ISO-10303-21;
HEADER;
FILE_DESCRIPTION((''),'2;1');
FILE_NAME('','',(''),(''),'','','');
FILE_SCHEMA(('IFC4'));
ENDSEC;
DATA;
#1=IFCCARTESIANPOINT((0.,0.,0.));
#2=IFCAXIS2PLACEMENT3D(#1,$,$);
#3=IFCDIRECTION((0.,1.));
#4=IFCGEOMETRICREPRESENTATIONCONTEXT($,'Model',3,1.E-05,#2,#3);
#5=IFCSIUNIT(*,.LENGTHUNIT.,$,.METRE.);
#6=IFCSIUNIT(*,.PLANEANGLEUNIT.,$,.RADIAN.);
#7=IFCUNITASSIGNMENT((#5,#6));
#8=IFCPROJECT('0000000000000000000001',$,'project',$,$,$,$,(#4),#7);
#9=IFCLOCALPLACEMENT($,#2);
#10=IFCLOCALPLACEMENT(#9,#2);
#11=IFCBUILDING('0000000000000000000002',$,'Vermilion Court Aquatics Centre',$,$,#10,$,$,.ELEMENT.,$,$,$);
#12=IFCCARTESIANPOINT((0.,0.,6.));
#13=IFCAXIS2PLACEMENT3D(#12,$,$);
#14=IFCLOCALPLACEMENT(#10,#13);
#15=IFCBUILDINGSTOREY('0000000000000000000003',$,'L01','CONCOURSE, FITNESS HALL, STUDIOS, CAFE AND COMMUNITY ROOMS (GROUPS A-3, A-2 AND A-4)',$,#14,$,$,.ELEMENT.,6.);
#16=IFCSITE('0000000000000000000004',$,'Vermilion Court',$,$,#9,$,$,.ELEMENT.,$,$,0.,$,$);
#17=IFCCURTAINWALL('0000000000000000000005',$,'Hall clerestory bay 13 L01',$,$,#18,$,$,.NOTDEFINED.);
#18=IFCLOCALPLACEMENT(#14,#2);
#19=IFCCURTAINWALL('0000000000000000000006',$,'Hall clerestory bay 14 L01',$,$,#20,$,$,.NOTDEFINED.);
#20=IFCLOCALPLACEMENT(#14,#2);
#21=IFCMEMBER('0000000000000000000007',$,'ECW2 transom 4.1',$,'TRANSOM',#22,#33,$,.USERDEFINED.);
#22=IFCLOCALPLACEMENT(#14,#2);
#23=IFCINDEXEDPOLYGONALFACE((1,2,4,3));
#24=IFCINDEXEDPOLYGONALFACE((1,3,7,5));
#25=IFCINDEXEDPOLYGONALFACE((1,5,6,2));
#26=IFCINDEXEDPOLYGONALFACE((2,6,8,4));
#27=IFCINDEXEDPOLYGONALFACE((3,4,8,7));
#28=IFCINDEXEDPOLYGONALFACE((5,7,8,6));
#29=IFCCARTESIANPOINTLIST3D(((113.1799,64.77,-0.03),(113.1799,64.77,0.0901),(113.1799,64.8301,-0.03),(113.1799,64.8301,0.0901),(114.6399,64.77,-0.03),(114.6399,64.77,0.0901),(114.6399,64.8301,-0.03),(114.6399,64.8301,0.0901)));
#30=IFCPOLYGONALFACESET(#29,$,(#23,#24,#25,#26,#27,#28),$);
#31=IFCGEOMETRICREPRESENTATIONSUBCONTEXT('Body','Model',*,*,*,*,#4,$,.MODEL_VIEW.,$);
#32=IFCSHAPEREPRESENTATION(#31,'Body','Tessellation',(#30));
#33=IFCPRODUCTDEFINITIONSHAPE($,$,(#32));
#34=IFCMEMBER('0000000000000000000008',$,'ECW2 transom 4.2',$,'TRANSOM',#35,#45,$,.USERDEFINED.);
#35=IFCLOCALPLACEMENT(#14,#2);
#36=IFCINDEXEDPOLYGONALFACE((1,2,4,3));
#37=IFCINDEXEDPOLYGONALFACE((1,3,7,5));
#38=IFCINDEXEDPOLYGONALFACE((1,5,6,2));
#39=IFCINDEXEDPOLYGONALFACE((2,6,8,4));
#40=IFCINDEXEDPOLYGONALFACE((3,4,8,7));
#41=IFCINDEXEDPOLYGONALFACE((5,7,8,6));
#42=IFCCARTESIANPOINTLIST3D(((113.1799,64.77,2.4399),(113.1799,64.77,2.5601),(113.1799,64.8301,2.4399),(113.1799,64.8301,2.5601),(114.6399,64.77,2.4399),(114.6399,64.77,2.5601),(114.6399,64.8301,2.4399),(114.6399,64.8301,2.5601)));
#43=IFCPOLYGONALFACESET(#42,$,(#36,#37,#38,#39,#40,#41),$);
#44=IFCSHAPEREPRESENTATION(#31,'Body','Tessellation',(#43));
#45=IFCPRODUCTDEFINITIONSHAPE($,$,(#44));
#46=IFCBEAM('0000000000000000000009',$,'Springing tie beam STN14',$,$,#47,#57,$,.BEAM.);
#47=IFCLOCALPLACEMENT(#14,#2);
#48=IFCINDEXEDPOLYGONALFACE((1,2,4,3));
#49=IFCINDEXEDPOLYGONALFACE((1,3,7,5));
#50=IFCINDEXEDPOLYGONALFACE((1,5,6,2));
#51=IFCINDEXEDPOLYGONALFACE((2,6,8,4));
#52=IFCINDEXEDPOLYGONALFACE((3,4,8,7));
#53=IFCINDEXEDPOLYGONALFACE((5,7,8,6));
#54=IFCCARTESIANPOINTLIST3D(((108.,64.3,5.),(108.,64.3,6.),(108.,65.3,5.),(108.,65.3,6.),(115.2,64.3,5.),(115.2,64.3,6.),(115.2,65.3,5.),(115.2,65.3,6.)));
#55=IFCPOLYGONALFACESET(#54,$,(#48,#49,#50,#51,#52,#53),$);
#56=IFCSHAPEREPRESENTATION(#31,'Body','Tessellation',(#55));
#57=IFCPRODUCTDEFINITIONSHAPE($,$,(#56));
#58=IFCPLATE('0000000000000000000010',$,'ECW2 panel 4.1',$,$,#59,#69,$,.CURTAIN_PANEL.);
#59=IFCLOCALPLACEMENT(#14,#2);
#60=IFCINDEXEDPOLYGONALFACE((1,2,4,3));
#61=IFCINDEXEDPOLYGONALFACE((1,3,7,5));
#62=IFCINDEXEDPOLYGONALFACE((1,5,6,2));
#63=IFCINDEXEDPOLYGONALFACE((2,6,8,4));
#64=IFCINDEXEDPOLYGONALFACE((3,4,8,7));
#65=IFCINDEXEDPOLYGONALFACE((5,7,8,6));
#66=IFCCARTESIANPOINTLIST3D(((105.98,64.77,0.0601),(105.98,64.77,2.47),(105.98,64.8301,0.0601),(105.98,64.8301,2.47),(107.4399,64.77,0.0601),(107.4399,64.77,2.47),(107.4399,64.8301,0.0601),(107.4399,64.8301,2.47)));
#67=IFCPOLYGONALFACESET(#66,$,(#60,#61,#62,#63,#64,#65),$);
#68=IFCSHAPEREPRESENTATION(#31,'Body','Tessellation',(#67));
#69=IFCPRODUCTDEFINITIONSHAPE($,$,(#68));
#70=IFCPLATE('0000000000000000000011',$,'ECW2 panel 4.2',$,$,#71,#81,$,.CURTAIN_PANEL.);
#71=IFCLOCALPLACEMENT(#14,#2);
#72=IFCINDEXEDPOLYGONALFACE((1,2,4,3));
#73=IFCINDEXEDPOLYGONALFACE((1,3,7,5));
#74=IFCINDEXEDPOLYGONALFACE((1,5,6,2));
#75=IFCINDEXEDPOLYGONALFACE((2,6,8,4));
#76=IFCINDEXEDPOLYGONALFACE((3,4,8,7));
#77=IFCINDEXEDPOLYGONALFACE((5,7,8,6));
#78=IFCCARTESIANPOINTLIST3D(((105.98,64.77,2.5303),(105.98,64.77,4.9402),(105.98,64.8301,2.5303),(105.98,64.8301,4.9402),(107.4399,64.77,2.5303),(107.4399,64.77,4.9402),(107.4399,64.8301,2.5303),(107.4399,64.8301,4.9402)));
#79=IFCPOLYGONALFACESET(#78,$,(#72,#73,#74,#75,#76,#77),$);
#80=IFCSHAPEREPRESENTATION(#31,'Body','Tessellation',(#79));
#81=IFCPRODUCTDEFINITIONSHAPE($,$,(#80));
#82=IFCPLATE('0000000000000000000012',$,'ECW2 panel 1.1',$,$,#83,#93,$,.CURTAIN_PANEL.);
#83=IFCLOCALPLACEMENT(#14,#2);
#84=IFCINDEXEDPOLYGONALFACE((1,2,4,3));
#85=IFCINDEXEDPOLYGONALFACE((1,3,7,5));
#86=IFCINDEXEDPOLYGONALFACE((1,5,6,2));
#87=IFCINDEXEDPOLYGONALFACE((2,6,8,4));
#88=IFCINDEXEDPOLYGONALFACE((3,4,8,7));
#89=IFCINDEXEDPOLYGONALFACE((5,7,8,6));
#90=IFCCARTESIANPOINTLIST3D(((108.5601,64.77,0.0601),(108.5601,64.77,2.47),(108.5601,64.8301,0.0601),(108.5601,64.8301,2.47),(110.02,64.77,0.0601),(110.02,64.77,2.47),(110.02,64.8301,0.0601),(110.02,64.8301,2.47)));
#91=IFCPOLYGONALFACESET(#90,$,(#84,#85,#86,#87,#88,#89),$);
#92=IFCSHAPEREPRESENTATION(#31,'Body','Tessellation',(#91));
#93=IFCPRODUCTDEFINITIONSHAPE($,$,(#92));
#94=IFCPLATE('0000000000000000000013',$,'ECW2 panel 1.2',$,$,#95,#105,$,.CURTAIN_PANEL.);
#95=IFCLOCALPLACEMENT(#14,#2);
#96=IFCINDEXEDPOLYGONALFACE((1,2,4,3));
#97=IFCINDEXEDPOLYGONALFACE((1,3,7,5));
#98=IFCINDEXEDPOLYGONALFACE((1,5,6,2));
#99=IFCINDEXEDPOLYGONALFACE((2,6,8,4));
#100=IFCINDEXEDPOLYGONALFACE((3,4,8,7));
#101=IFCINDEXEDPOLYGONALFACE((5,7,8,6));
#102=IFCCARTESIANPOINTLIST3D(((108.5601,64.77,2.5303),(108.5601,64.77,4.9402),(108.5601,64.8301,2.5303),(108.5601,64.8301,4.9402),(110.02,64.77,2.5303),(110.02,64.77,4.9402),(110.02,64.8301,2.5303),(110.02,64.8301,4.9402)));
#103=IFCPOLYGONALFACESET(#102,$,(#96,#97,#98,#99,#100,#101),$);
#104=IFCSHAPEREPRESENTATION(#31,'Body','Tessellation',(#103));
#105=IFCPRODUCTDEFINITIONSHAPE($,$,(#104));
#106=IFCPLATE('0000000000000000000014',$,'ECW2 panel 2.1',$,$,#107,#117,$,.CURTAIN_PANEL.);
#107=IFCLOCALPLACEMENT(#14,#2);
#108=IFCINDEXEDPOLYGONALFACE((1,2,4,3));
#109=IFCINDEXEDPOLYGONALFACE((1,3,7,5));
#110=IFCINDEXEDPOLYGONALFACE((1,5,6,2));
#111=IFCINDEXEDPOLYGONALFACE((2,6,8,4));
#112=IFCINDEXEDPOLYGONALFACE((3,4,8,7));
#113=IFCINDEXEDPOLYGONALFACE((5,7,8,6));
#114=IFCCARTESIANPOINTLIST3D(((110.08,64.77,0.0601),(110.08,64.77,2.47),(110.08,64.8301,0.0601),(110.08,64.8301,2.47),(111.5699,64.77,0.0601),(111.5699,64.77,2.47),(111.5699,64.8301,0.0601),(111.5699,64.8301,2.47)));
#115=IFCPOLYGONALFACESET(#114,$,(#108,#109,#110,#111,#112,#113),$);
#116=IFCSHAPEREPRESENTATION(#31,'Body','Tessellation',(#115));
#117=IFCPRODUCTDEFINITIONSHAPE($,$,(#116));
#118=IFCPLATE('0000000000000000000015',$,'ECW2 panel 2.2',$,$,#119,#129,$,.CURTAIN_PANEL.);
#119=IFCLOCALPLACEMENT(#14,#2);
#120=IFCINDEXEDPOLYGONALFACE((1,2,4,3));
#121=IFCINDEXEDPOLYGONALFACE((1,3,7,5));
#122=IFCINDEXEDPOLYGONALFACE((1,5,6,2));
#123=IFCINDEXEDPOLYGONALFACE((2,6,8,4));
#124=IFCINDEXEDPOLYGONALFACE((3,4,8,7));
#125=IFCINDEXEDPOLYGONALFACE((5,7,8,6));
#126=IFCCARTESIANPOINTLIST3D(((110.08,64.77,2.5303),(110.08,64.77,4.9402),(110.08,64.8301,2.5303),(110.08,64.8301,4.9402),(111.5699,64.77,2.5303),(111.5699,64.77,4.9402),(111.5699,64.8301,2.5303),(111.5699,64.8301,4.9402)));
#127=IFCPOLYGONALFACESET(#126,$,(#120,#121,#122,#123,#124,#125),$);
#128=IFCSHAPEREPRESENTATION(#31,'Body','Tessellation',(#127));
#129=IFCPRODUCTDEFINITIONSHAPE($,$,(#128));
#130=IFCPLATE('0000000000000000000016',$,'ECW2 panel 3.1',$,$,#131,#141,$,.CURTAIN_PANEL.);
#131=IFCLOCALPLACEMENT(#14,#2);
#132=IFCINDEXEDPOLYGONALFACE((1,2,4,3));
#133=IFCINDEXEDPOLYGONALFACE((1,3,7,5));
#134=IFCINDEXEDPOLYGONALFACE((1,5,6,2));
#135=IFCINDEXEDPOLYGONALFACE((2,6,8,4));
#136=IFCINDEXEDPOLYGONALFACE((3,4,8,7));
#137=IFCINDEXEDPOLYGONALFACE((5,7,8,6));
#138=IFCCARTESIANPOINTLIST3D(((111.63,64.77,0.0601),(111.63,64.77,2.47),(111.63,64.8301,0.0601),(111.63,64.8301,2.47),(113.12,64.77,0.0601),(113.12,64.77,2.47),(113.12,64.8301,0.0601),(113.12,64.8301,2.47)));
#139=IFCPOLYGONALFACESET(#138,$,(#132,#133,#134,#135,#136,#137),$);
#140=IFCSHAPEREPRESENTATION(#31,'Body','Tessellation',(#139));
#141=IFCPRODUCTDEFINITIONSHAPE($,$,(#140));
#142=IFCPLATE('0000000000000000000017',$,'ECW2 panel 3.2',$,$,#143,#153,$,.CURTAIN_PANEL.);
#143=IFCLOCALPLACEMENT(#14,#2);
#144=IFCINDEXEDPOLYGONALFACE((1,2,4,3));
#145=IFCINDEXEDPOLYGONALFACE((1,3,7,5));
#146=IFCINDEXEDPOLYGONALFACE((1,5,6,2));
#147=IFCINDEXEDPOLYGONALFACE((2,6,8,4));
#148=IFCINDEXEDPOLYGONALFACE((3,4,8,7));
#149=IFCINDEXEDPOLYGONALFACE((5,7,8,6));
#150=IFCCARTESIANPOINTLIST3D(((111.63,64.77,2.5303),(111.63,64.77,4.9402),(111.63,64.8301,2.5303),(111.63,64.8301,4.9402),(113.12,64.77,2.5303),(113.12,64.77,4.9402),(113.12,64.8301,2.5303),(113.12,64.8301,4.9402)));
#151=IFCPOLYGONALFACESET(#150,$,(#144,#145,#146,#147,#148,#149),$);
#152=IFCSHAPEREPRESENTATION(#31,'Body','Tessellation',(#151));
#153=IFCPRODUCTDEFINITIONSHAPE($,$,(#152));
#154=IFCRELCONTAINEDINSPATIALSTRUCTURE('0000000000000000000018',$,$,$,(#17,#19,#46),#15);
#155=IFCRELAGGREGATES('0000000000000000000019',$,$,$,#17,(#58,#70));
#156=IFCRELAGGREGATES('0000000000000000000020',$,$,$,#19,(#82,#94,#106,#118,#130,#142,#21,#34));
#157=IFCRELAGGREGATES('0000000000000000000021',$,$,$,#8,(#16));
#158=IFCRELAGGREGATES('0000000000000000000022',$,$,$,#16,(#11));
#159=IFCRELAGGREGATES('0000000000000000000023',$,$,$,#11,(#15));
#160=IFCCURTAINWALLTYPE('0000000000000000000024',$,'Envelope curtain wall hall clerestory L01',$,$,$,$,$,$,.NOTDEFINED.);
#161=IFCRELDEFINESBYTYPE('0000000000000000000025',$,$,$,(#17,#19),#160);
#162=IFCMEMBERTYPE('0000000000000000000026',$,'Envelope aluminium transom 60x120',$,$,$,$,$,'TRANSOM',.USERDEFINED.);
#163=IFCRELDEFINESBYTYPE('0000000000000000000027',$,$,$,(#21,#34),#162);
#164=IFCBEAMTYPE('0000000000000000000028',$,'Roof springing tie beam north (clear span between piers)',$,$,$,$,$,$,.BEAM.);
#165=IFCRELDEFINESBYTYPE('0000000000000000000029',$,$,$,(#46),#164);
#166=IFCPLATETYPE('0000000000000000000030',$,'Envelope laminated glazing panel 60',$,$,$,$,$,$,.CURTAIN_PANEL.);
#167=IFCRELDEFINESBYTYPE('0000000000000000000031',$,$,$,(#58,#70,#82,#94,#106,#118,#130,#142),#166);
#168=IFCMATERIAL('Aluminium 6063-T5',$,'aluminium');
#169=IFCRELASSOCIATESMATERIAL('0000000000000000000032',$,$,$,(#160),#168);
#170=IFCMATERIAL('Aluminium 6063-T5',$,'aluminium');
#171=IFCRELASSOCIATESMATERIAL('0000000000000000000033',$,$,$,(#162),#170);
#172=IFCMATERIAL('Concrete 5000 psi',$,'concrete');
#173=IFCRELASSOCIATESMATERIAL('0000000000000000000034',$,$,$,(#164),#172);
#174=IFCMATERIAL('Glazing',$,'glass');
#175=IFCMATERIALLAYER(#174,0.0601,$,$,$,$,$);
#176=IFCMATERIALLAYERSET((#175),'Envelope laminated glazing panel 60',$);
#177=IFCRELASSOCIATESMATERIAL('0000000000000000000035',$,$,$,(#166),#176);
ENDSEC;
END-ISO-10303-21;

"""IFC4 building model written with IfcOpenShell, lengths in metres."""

from ifc_helpers import new_model, si_unit, direction, frame, origin, origin_2d, place, context, subcontext, project, spatial, rectangle, extrude, material, layer, layer_set, material_profile, profile_set, type_object, element, aggregate, save


model = new_model("IFC4")

# Units and contexts
model_context = context("Model", 3, precision=1e-05, world=origin(), true_north=direction((0.0, 1.0)))
body_context = subcontext(model_context, "Body", "Model", "MODEL_VIEW")
ifc_project = project(units=[si_unit("LENGTHUNIT", "METRE"), si_unit("PLANEANGLEUNIT", "RADIAN")], contexts=[model_context])

# Site, building, storey
site_placement = place(None, origin())
site = spatial("IfcSite", under=ifc_project, at=site_placement, Name="Vermilion Court", CompositionType="ELEMENT", RefElevation=0.0)
building_placement = place(site_placement, origin())
building = spatial("IfcBuilding", under=site, at=building_placement, Name="Vermilion Court Aquatics Centre", CompositionType="ELEMENT")
storey_placement = place(building_placement, frame((0.0, 0.0, 6.0)))
storey = spatial("IfcBuildingStorey", under=building, at=storey_placement, Name="L01", Description="CONCOURSE, FITNESS HALL, STUDIOS, CAFE AND COMMUNITY ROOMS (GROUPS A-3, A-2 AND A-4)", CompositionType="ELEMENT", Elevation=6.0)

# Curtain wall
ifc_material_1 = material(Name="Aluminium 6063-T5", Category="aluminium")
curtain_wall_type = type_object("IfcCurtainWallType", Name="Envelope curtain wall hall clerestory L01", PredefinedType="NOTDEFINED", material=ifc_material_1)
curtain_wall_1_placement = place(storey_placement, origin())
curtain_wall_1 = element("IfcCurtainWall", 1, at=curtain_wall_1_placement, inside=storey, type_object=curtain_wall_type, Name="Hall clerestory bay 13 L01", PredefinedType="NOTDEFINED")

# Curtain wall
curtain_wall_2_placement = place(storey_placement, origin())
curtain_wall_2 = element("IfcCurtainWall", 2, at=curtain_wall_2_placement, inside=storey, type_object=curtain_wall_type, Name="Hall clerestory bay 14 L01", PredefinedType="NOTDEFINED")

# Members
ifc_material_2 = material(Name="Aluminium 6063-T5", Category="aluminium")
ifc_material_profile_1 = material_profile(ifc_material_2, rectangle(XDim=0.0601, YDim=0.1201, at=origin_2d()), Name="AL 60x120")
ifc_profile_set_1 = profile_set([ifc_material_profile_1], Name="Aluminium 6063-T5")
member_type_1 = type_object("IfcMemberType", Name="Envelope aluminium transom 60x120", ElementType="TRANSOM", PredefinedType="USERDEFINED", material=ifc_profile_set_1)
member_1_placement = place(storey_placement, frame((113.1799, 64.8, 0.03), z_axis=(1.0, 0.0, 0.0), x_axis=(0.0, 1.0, 0.0)))
member_1 = element("IfcMember", 3, at=member_1_placement, type_object=member_type_1, Name="ECW2 transom 4.1", ObjectType="TRANSOM", PredefinedType="USERDEFINED", context=body_context, shape_type="SweptSolid", body=[
    extrude(rectangle(XDim=0.0601, YDim=0.1201, at=origin_2d()), origin(), (0.0, 0.0, 1.0), 1.46),
])
member_2_placement = place(storey_placement, frame((113.1799, 64.8, 2.5), z_axis=(1.0, 0.0, 0.0), x_axis=(0.0, 1.0, 0.0)))
member_2 = element("IfcMember", 4, at=member_2_placement, type_object=member_type_1, Name="ECW2 transom 4.2", ObjectType="TRANSOM", PredefinedType="USERDEFINED", context=body_context, shape_type="SweptSolid", body=[
    extrude(rectangle(XDim=0.0601, YDim=0.1201, at=origin_2d()), origin(), (0.0, 0.0, 1.0), 1.46),
])

# Beam
ifc_material_3 = material(Name="Concrete 5000 psi", Category="concrete")
ifc_material_profile_2 = material_profile(ifc_material_3, rectangle(XDim=1.0, YDim=1.0, at=origin_2d()), Name="RC 1000x1000")
ifc_profile_set_2 = profile_set([ifc_material_profile_2], Name="Concrete 5000 psi")
beam_type = type_object("IfcBeamType", Name="Roof springing tie beam north (clear span between piers)", PredefinedType="BEAM", material=ifc_profile_set_2)
beam_placement = place(storey_placement, frame((108.0, 64.8, 5.5), z_axis=(1.0, 0.0, 0.0), x_axis=(0.0, 1.0, 0.0)))
element("IfcBeam", 5, at=beam_placement, inside=storey, type_object=beam_type, Name="Springing tie beam STN14", PredefinedType="BEAM", context=body_context, shape_type="SweptSolid", body=[
    extrude(rectangle(XDim=1.0, YDim=1.0, at=origin_2d()), origin(), (0.0, 0.0, 1.0), 7.2),
])

# Plates
ifc_material_4 = material(Name="Glazing", Category="glass")
ifc_layer = layer(ifc_material_4, 0.0601)
ifc_layer_set = layer_set([ifc_layer], Name="Envelope laminated glazing panel 60")
plate_type = type_object("IfcPlateType", Name="Envelope laminated glazing panel 60", PredefinedType="CURTAIN_PANEL", material=ifc_layer_set)
plate_1_placement = place(storey_placement, frame((106.71, 64.8, 0.0601), z_axis=(0.0, 0.0, 1.0), x_axis=(1.0, 0.0, 0.0)))
plate_1 = element("IfcPlate", 6, at=plate_1_placement, type_object=plate_type, Name="ECW2 panel 4.1", PredefinedType="CURTAIN_PANEL", context=body_context, shape_type="SweptSolid", body=[
    extrude(rectangle(XDim=1.46, YDim=0.0601, at=origin_2d()), origin(), (0.0, 0.0, 1.0), 2.4099),
])
plate_2_placement = place(storey_placement, frame((106.71, 64.8, 2.5303), z_axis=(0.0, 0.0, 1.0), x_axis=(1.0, 0.0, 0.0)))
plate_2 = element("IfcPlate", 7, at=plate_2_placement, type_object=plate_type, Name="ECW2 panel 4.2", PredefinedType="CURTAIN_PANEL", context=body_context, shape_type="SweptSolid", body=[
    extrude(rectangle(XDim=1.46, YDim=0.0601, at=origin_2d()), origin(), (0.0, 0.0, 1.0), 2.4099),
])
aggregate(curtain_wall_1, [plate_1, plate_2])
plate_3_placement = place(storey_placement, frame((109.29, 64.8, 0.0601), z_axis=(0.0, 0.0, 1.0), x_axis=(1.0, 0.0, 0.0)))
plate_3 = element("IfcPlate", 8, at=plate_3_placement, type_object=plate_type, Name="ECW2 panel 1.1", PredefinedType="CURTAIN_PANEL", context=body_context, shape_type="SweptSolid", body=[
    extrude(rectangle(XDim=1.46, YDim=0.0601, at=origin_2d()), origin(), (0.0, 0.0, 1.0), 2.4099),
])
plate_4_placement = place(storey_placement, frame((109.29, 64.8, 2.5303), z_axis=(0.0, 0.0, 1.0), x_axis=(1.0, 0.0, 0.0)))
plate_4 = element("IfcPlate", 9, at=plate_4_placement, type_object=plate_type, Name="ECW2 panel 1.2", PredefinedType="CURTAIN_PANEL", context=body_context, shape_type="SweptSolid", body=[
    extrude(rectangle(XDim=1.46, YDim=0.0601, at=origin_2d()), origin(), (0.0, 0.0, 1.0), 2.4099),
])
plate_5_placement = place(storey_placement, frame((110.825, 64.8, 0.0601), z_axis=(0.0, 0.0, 1.0), x_axis=(1.0, 0.0, 0.0)))
plate_5 = element("IfcPlate", 10, at=plate_5_placement, type_object=plate_type, Name="ECW2 panel 2.1", PredefinedType="CURTAIN_PANEL", context=body_context, shape_type="SweptSolid", body=[
    extrude(rectangle(XDim=1.49, YDim=0.0601, at=origin_2d()), origin(), (0.0, 0.0, 1.0), 2.4099),
])
plate_6_placement = place(storey_placement, frame((110.825, 64.8, 2.5303), z_axis=(0.0, 0.0, 1.0), x_axis=(1.0, 0.0, 0.0)))
plate_6 = element("IfcPlate", 11, at=plate_6_placement, type_object=plate_type, Name="ECW2 panel 2.2", PredefinedType="CURTAIN_PANEL", context=body_context, shape_type="SweptSolid", body=[
    extrude(rectangle(XDim=1.49, YDim=0.0601, at=origin_2d()), origin(), (0.0, 0.0, 1.0), 2.4099),
])
plate_7_placement = place(storey_placement, frame((112.375, 64.8, 0.0601), z_axis=(0.0, 0.0, 1.0), x_axis=(1.0, 0.0, 0.0)))
plate_7 = element("IfcPlate", 12, at=plate_7_placement, type_object=plate_type, Name="ECW2 panel 3.1", PredefinedType="CURTAIN_PANEL", context=body_context, shape_type="SweptSolid", body=[
    extrude(rectangle(XDim=1.49, YDim=0.0601, at=origin_2d()), origin(), (0.0, 0.0, 1.0), 2.4099),
])
plate_8_placement = place(storey_placement, frame((112.375, 64.8, 2.5303), z_axis=(0.0, 0.0, 1.0), x_axis=(1.0, 0.0, 0.0)))
plate_8 = element("IfcPlate", 13, at=plate_8_placement, type_object=plate_type, Name="ECW2 panel 3.2", PredefinedType="CURTAIN_PANEL", context=body_context, shape_type="SweptSolid", body=[
    extrude(rectangle(XDim=1.49, YDim=0.0601, at=origin_2d()), origin(), (0.0, 0.0, 1.0), 2.4099),
])
aggregate(curtain_wall_2, [plate_3, plate_4, plate_5, plate_6, plate_7, plate_8, member_1, member_2])

save(model, "model.ifc")
